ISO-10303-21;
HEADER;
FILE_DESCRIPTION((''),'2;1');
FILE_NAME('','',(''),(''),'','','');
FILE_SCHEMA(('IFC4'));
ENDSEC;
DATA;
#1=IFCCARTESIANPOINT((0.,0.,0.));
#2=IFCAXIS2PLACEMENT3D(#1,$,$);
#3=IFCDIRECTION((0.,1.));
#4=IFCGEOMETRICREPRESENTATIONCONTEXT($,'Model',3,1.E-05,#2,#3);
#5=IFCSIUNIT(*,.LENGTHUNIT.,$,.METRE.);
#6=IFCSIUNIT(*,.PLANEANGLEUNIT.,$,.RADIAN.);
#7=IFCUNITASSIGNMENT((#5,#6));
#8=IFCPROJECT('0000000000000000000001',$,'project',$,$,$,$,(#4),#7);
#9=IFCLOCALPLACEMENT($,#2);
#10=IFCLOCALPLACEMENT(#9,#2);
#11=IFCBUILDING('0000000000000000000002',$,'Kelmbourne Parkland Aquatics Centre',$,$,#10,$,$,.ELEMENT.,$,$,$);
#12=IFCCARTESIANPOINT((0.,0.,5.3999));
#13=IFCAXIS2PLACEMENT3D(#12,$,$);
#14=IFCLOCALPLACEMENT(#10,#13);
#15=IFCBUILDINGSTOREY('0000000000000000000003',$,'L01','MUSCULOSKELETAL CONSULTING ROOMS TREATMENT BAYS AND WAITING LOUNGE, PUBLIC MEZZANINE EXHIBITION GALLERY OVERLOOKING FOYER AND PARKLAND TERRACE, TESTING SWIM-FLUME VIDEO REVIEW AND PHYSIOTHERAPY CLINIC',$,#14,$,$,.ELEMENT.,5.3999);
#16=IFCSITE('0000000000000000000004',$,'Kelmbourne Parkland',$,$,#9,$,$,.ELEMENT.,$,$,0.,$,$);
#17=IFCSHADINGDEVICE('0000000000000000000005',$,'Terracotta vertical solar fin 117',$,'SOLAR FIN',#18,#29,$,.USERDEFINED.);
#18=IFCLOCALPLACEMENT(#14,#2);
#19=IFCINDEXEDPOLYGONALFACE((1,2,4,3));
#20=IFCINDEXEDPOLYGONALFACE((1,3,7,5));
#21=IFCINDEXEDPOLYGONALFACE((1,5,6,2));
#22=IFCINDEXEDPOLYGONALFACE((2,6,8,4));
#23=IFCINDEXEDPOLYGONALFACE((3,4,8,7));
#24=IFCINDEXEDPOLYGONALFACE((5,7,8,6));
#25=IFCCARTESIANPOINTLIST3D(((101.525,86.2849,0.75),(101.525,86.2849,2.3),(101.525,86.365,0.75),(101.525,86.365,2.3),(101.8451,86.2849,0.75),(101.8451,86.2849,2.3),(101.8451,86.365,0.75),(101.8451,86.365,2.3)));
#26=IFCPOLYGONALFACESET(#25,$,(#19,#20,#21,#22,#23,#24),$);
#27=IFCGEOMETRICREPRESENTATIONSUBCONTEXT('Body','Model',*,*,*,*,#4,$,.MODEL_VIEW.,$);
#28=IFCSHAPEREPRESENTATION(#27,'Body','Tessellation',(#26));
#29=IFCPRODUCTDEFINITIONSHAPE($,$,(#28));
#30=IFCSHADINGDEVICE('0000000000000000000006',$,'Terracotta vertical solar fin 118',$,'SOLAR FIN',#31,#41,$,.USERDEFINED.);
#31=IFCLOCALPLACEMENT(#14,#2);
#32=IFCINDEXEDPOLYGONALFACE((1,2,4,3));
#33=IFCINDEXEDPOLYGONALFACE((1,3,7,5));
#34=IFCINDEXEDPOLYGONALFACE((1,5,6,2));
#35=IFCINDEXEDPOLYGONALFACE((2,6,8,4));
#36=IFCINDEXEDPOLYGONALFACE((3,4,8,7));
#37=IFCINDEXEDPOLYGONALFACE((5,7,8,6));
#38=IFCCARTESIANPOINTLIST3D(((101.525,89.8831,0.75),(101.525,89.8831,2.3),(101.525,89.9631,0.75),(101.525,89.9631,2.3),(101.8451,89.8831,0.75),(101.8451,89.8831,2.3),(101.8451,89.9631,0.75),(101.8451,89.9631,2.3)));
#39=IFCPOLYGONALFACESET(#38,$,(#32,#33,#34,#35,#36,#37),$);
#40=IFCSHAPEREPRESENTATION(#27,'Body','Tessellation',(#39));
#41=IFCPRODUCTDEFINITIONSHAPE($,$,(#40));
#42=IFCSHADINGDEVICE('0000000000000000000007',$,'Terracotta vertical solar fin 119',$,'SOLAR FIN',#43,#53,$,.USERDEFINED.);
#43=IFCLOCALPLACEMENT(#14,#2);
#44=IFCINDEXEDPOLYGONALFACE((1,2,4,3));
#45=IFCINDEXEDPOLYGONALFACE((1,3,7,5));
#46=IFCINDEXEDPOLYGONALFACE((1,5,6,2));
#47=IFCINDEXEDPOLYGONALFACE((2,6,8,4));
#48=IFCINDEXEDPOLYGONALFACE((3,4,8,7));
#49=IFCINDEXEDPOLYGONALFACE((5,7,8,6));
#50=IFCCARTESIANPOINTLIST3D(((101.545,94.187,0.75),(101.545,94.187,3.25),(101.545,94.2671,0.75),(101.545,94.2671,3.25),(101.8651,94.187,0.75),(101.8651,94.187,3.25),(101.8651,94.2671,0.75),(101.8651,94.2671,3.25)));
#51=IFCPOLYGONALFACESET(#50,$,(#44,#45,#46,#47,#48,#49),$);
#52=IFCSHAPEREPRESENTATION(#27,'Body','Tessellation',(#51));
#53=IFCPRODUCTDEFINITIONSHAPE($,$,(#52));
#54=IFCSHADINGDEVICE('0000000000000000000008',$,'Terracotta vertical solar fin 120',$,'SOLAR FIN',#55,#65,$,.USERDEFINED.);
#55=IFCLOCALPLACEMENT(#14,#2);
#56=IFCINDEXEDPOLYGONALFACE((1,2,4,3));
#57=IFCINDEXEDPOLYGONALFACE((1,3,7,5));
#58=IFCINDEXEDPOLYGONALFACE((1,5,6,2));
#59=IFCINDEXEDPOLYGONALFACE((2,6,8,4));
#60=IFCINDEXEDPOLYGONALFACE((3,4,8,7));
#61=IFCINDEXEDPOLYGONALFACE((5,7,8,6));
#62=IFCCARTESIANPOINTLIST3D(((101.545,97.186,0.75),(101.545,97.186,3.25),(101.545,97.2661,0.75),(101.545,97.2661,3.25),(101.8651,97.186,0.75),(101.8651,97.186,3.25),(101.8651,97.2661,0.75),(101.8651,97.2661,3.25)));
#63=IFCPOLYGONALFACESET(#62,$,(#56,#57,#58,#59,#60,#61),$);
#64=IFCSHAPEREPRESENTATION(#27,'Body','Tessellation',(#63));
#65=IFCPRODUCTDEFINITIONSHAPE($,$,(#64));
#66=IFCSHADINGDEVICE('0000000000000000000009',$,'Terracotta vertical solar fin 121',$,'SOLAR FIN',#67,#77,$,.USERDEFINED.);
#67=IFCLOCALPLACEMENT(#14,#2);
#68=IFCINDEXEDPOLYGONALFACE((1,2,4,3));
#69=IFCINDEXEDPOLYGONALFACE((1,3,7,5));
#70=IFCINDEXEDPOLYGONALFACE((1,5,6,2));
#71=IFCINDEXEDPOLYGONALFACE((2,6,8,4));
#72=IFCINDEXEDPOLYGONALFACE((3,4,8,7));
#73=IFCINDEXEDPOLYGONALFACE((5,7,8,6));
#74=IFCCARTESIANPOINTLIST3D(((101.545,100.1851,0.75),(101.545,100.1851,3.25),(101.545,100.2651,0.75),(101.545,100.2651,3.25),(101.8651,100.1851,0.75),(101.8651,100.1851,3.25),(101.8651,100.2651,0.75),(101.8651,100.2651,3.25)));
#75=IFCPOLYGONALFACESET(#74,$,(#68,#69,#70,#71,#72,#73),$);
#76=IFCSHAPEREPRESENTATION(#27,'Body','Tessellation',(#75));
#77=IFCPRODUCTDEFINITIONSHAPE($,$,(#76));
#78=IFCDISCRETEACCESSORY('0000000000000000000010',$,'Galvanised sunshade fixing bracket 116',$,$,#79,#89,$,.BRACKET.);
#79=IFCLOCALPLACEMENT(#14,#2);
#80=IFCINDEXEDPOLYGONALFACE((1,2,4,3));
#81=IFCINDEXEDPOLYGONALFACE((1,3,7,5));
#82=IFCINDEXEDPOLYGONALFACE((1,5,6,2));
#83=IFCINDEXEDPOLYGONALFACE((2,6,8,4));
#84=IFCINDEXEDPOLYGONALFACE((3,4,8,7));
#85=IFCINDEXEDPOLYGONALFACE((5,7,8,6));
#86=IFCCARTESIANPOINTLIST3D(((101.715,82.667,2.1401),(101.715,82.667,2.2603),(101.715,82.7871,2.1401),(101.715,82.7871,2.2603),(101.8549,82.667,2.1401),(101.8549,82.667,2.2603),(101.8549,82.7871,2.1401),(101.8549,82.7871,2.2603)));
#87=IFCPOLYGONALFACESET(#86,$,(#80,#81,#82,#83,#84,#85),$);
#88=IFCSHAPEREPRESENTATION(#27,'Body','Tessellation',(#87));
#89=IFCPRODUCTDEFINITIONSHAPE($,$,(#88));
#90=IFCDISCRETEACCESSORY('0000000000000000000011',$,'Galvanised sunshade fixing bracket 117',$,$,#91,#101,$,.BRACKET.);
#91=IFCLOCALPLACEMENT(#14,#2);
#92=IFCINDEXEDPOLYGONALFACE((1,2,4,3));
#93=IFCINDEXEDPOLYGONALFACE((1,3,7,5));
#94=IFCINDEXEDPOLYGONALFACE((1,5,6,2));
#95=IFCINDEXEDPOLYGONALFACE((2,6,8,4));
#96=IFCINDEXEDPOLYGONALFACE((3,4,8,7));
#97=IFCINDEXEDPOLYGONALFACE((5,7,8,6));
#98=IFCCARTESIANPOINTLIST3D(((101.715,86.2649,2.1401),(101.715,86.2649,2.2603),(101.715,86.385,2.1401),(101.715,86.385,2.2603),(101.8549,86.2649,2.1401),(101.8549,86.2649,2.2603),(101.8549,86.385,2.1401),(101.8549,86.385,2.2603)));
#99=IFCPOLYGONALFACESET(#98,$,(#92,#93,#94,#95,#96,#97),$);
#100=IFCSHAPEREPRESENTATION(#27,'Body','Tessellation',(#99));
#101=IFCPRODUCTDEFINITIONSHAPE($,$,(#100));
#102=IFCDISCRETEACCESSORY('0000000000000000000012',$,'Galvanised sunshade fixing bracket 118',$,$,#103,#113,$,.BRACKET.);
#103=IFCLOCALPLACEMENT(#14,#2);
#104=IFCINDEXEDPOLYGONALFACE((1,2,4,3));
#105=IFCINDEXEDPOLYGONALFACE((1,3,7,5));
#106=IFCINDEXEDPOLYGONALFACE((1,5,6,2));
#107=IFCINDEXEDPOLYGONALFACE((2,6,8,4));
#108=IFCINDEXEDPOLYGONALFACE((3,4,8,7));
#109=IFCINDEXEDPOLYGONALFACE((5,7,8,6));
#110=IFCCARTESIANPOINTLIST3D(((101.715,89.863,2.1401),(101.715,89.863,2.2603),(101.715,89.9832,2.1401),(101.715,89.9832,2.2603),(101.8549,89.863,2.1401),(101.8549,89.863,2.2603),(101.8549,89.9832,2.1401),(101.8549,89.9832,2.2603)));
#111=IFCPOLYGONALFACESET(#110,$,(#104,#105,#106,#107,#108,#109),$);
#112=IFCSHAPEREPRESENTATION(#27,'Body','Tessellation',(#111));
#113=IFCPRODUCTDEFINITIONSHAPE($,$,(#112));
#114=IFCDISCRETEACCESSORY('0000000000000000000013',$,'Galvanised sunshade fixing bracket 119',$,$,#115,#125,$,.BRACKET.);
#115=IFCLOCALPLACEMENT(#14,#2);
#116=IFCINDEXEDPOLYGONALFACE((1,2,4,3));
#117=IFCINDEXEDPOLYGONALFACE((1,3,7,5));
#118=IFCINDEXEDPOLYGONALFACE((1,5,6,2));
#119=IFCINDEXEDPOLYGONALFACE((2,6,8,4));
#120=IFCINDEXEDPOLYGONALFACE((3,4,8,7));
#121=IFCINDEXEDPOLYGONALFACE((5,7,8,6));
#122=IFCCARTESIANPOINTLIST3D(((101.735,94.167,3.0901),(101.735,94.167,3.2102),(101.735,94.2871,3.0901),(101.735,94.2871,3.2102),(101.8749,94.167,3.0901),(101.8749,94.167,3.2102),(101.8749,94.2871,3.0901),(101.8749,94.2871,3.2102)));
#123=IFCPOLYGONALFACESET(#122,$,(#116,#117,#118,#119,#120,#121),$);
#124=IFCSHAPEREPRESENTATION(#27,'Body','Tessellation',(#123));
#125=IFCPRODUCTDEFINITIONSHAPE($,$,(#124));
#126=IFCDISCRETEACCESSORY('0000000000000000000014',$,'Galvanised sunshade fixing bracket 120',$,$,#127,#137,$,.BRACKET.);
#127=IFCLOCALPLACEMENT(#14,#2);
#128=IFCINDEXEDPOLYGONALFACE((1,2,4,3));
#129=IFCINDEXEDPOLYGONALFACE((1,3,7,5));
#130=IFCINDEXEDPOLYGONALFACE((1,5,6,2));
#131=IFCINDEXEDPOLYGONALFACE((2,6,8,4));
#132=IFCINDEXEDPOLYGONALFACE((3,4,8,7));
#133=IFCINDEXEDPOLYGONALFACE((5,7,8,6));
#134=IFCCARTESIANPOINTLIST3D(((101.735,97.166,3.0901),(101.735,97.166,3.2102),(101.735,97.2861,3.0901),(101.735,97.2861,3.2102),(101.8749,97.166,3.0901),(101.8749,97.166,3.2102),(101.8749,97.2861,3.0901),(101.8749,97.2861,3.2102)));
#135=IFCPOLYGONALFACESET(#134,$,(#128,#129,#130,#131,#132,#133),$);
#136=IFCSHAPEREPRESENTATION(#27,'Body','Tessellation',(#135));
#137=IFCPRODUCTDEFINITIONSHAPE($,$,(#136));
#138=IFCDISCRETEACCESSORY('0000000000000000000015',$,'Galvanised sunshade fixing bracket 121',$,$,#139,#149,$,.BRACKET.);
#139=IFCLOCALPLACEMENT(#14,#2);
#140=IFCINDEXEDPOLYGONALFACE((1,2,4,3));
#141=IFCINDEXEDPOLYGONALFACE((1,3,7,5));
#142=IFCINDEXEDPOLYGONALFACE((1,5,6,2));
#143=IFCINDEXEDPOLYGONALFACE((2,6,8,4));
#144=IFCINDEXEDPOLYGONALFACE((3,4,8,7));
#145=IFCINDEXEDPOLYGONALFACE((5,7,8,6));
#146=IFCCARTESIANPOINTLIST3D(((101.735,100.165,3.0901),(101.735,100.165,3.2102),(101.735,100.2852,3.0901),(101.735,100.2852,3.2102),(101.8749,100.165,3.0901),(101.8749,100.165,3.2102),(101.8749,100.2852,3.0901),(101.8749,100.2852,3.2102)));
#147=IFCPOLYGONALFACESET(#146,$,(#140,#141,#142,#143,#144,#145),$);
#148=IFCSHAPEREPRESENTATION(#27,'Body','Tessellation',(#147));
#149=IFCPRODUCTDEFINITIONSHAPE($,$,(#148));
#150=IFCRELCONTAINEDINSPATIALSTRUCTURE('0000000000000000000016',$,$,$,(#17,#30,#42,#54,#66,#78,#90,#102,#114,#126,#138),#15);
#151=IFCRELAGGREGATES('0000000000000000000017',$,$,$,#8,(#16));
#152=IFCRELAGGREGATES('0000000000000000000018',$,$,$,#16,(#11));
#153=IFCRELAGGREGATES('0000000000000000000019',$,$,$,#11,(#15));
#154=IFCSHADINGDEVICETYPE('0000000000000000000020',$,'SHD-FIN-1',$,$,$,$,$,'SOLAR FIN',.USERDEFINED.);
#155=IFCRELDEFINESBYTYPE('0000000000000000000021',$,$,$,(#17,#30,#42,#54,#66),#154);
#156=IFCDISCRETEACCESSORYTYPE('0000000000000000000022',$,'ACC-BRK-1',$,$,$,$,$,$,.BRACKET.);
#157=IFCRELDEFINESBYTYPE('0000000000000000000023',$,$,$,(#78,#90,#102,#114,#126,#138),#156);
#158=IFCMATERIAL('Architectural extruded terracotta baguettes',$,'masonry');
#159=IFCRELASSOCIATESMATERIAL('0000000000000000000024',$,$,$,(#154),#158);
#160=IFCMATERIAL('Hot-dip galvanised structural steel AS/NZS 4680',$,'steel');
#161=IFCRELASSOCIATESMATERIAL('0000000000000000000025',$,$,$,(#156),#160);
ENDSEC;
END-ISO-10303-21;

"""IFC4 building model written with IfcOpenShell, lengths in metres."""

from ifc_helpers import new_model, si_unit, direction, frame, origin, origin_2d, place, context, subcontext, project, spatial, rectangle, extrude, material, type_object, element, save


model = new_model("IFC4")

# Units and contexts
model_context = context("Model", 3, precision=1e-05, world=origin(), true_north=direction((0.0, 1.0)))
body_context = subcontext(model_context, "Body", "Model", "MODEL_VIEW")
ifc_project = project(units=[si_unit("LENGTHUNIT", "METRE"), si_unit("PLANEANGLEUNIT", "RADIAN")], contexts=[model_context])

# Site, building, storey
site_placement = place(None, origin())
site = spatial("IfcSite", under=ifc_project, at=site_placement, Name="Kelmbourne Parkland", CompositionType="ELEMENT", RefElevation=0.0)
building_placement = place(site_placement, origin())
building = spatial("IfcBuilding", under=site, at=building_placement, Name="Kelmbourne Parkland Aquatics Centre", CompositionType="ELEMENT")
storey_placement = place(building_placement, frame((0.0, 0.0, 5.3999)))
storey = spatial("IfcBuildingStorey", under=building, at=storey_placement, Name="L01", Description="MUSCULOSKELETAL CONSULTING ROOMS TREATMENT BAYS AND WAITING LOUNGE, PUBLIC MEZZANINE EXHIBITION GALLERY OVERLOOKING FOYER AND PARKLAND TERRACE, TESTING SWIM-FLUME VIDEO REVIEW AND PHYSIOTHERAPY CLINIC", CompositionType="ELEMENT", Elevation=5.3999)

# Shading devices
ifc_material_1 = material(Name="Architectural extruded terracotta baguettes", Category="masonry")
shading_device_type = type_object("IfcShadingDeviceType", Name="SHD-FIN-1", ElementType="SOLAR FIN", PredefinedType="USERDEFINED", material=ifc_material_1)
for number, where, z_axis, x_axis, name in (
    (1, (101.6851, 86.325, 0.75), (0.0, 0.0, 1.0), (0.0, 1.0, 0.0), "Terracotta vertical solar fin 117"),
    (2, (101.6851, 89.9231, 0.75), (0.0, 0.0, 1.0), (0.0, 1.0, 0.0), "Terracotta vertical solar fin 118"),
):
    element("IfcShadingDevice", number, at=place(storey_placement, frame(where, z_axis=z_axis, x_axis=x_axis)), inside=storey, type_object=shading_device_type, Name=name, ObjectType="SOLAR FIN", PredefinedType="USERDEFINED", context=body_context, shape_type="SweptSolid", body=[
        extrude(rectangle(XDim=0.0801, YDim=0.3201, at=origin_2d()), origin(), (0.0, 0.0, 1.0), 1.55),
    ])
for number, where, z_axis, x_axis, name in (
    (3, (101.7051, 94.2271, 0.75), (0.0, 0.0, 1.0), (0.0, 1.0, 0.0), "Terracotta vertical solar fin 119"),
    (4, (101.7051, 97.2261, 0.75), (0.0, 0.0, 1.0), (0.0, 1.0, 0.0), "Terracotta vertical solar fin 120"),
    (5, (101.7051, 100.2251, 0.75), (0.0, 0.0, 1.0), (0.0, 1.0, 0.0), "Terracotta vertical solar fin 121"),
):
    element("IfcShadingDevice", number, at=place(storey_placement, frame(where, z_axis=z_axis, x_axis=x_axis)), inside=storey, type_object=shading_device_type, Name=name, ObjectType="SOLAR FIN", PredefinedType="USERDEFINED", context=body_context, shape_type="SweptSolid", body=[
        extrude(rectangle(XDim=0.0801, YDim=0.3201, at=origin_2d()), origin(), (0.0, 0.0, 1.0), 2.5),
    ])

# Discrete accessories
ifc_material_2 = material(Name="Hot-dip galvanised structural steel AS/NZS 4680", Category="steel")
discrete_accessory_type = type_object("IfcDiscreteAccessoryType", Name="ACC-BRK-1", PredefinedType="BRACKET", material=ifc_material_2)
for number, where, z_axis, x_axis, name in (
    (6, (101.7849, 82.7271, 2.1401), (0.0, 0.0, 1.0), (0.0, 1.0, 0.0), "Galvanised sunshade fixing bracket 116"),
    (7, (101.7849, 86.325, 2.1401), (0.0, 0.0, 1.0), (0.0, 1.0, 0.0), "Galvanised sunshade fixing bracket 117"),
    (8, (101.7849, 89.9231, 2.1401), (0.0, 0.0, 1.0), (0.0, 1.0, 0.0), "Galvanised sunshade fixing bracket 118"),
    (9, (101.8049, 94.2271, 3.0901), (0.0, 0.0, 1.0), (0.0, 1.0, 0.0), "Galvanised sunshade fixing bracket 119"),
    (10, (101.8049, 97.2261, 3.0901), (0.0, 0.0, 1.0), (0.0, 1.0, 0.0), "Galvanised sunshade fixing bracket 120"),
    (11, (101.8049, 100.2251, 3.0901), (0.0, 0.0, 1.0), (0.0, 1.0, 0.0), "Galvanised sunshade fixing bracket 121"),
):
    element("IfcDiscreteAccessory", number, at=place(storey_placement, frame(where, z_axis=z_axis, x_axis=x_axis)), inside=storey, type_object=discrete_accessory_type, Name=name, PredefinedType="BRACKET", context=body_context, shape_type="SweptSolid", body=[
        extrude(rectangle(XDim=0.1201, YDim=0.1399, at=origin_2d()), origin(), (0.0, 0.0, 1.0), 0.1201),
    ])

save(model, "model.ifc")
